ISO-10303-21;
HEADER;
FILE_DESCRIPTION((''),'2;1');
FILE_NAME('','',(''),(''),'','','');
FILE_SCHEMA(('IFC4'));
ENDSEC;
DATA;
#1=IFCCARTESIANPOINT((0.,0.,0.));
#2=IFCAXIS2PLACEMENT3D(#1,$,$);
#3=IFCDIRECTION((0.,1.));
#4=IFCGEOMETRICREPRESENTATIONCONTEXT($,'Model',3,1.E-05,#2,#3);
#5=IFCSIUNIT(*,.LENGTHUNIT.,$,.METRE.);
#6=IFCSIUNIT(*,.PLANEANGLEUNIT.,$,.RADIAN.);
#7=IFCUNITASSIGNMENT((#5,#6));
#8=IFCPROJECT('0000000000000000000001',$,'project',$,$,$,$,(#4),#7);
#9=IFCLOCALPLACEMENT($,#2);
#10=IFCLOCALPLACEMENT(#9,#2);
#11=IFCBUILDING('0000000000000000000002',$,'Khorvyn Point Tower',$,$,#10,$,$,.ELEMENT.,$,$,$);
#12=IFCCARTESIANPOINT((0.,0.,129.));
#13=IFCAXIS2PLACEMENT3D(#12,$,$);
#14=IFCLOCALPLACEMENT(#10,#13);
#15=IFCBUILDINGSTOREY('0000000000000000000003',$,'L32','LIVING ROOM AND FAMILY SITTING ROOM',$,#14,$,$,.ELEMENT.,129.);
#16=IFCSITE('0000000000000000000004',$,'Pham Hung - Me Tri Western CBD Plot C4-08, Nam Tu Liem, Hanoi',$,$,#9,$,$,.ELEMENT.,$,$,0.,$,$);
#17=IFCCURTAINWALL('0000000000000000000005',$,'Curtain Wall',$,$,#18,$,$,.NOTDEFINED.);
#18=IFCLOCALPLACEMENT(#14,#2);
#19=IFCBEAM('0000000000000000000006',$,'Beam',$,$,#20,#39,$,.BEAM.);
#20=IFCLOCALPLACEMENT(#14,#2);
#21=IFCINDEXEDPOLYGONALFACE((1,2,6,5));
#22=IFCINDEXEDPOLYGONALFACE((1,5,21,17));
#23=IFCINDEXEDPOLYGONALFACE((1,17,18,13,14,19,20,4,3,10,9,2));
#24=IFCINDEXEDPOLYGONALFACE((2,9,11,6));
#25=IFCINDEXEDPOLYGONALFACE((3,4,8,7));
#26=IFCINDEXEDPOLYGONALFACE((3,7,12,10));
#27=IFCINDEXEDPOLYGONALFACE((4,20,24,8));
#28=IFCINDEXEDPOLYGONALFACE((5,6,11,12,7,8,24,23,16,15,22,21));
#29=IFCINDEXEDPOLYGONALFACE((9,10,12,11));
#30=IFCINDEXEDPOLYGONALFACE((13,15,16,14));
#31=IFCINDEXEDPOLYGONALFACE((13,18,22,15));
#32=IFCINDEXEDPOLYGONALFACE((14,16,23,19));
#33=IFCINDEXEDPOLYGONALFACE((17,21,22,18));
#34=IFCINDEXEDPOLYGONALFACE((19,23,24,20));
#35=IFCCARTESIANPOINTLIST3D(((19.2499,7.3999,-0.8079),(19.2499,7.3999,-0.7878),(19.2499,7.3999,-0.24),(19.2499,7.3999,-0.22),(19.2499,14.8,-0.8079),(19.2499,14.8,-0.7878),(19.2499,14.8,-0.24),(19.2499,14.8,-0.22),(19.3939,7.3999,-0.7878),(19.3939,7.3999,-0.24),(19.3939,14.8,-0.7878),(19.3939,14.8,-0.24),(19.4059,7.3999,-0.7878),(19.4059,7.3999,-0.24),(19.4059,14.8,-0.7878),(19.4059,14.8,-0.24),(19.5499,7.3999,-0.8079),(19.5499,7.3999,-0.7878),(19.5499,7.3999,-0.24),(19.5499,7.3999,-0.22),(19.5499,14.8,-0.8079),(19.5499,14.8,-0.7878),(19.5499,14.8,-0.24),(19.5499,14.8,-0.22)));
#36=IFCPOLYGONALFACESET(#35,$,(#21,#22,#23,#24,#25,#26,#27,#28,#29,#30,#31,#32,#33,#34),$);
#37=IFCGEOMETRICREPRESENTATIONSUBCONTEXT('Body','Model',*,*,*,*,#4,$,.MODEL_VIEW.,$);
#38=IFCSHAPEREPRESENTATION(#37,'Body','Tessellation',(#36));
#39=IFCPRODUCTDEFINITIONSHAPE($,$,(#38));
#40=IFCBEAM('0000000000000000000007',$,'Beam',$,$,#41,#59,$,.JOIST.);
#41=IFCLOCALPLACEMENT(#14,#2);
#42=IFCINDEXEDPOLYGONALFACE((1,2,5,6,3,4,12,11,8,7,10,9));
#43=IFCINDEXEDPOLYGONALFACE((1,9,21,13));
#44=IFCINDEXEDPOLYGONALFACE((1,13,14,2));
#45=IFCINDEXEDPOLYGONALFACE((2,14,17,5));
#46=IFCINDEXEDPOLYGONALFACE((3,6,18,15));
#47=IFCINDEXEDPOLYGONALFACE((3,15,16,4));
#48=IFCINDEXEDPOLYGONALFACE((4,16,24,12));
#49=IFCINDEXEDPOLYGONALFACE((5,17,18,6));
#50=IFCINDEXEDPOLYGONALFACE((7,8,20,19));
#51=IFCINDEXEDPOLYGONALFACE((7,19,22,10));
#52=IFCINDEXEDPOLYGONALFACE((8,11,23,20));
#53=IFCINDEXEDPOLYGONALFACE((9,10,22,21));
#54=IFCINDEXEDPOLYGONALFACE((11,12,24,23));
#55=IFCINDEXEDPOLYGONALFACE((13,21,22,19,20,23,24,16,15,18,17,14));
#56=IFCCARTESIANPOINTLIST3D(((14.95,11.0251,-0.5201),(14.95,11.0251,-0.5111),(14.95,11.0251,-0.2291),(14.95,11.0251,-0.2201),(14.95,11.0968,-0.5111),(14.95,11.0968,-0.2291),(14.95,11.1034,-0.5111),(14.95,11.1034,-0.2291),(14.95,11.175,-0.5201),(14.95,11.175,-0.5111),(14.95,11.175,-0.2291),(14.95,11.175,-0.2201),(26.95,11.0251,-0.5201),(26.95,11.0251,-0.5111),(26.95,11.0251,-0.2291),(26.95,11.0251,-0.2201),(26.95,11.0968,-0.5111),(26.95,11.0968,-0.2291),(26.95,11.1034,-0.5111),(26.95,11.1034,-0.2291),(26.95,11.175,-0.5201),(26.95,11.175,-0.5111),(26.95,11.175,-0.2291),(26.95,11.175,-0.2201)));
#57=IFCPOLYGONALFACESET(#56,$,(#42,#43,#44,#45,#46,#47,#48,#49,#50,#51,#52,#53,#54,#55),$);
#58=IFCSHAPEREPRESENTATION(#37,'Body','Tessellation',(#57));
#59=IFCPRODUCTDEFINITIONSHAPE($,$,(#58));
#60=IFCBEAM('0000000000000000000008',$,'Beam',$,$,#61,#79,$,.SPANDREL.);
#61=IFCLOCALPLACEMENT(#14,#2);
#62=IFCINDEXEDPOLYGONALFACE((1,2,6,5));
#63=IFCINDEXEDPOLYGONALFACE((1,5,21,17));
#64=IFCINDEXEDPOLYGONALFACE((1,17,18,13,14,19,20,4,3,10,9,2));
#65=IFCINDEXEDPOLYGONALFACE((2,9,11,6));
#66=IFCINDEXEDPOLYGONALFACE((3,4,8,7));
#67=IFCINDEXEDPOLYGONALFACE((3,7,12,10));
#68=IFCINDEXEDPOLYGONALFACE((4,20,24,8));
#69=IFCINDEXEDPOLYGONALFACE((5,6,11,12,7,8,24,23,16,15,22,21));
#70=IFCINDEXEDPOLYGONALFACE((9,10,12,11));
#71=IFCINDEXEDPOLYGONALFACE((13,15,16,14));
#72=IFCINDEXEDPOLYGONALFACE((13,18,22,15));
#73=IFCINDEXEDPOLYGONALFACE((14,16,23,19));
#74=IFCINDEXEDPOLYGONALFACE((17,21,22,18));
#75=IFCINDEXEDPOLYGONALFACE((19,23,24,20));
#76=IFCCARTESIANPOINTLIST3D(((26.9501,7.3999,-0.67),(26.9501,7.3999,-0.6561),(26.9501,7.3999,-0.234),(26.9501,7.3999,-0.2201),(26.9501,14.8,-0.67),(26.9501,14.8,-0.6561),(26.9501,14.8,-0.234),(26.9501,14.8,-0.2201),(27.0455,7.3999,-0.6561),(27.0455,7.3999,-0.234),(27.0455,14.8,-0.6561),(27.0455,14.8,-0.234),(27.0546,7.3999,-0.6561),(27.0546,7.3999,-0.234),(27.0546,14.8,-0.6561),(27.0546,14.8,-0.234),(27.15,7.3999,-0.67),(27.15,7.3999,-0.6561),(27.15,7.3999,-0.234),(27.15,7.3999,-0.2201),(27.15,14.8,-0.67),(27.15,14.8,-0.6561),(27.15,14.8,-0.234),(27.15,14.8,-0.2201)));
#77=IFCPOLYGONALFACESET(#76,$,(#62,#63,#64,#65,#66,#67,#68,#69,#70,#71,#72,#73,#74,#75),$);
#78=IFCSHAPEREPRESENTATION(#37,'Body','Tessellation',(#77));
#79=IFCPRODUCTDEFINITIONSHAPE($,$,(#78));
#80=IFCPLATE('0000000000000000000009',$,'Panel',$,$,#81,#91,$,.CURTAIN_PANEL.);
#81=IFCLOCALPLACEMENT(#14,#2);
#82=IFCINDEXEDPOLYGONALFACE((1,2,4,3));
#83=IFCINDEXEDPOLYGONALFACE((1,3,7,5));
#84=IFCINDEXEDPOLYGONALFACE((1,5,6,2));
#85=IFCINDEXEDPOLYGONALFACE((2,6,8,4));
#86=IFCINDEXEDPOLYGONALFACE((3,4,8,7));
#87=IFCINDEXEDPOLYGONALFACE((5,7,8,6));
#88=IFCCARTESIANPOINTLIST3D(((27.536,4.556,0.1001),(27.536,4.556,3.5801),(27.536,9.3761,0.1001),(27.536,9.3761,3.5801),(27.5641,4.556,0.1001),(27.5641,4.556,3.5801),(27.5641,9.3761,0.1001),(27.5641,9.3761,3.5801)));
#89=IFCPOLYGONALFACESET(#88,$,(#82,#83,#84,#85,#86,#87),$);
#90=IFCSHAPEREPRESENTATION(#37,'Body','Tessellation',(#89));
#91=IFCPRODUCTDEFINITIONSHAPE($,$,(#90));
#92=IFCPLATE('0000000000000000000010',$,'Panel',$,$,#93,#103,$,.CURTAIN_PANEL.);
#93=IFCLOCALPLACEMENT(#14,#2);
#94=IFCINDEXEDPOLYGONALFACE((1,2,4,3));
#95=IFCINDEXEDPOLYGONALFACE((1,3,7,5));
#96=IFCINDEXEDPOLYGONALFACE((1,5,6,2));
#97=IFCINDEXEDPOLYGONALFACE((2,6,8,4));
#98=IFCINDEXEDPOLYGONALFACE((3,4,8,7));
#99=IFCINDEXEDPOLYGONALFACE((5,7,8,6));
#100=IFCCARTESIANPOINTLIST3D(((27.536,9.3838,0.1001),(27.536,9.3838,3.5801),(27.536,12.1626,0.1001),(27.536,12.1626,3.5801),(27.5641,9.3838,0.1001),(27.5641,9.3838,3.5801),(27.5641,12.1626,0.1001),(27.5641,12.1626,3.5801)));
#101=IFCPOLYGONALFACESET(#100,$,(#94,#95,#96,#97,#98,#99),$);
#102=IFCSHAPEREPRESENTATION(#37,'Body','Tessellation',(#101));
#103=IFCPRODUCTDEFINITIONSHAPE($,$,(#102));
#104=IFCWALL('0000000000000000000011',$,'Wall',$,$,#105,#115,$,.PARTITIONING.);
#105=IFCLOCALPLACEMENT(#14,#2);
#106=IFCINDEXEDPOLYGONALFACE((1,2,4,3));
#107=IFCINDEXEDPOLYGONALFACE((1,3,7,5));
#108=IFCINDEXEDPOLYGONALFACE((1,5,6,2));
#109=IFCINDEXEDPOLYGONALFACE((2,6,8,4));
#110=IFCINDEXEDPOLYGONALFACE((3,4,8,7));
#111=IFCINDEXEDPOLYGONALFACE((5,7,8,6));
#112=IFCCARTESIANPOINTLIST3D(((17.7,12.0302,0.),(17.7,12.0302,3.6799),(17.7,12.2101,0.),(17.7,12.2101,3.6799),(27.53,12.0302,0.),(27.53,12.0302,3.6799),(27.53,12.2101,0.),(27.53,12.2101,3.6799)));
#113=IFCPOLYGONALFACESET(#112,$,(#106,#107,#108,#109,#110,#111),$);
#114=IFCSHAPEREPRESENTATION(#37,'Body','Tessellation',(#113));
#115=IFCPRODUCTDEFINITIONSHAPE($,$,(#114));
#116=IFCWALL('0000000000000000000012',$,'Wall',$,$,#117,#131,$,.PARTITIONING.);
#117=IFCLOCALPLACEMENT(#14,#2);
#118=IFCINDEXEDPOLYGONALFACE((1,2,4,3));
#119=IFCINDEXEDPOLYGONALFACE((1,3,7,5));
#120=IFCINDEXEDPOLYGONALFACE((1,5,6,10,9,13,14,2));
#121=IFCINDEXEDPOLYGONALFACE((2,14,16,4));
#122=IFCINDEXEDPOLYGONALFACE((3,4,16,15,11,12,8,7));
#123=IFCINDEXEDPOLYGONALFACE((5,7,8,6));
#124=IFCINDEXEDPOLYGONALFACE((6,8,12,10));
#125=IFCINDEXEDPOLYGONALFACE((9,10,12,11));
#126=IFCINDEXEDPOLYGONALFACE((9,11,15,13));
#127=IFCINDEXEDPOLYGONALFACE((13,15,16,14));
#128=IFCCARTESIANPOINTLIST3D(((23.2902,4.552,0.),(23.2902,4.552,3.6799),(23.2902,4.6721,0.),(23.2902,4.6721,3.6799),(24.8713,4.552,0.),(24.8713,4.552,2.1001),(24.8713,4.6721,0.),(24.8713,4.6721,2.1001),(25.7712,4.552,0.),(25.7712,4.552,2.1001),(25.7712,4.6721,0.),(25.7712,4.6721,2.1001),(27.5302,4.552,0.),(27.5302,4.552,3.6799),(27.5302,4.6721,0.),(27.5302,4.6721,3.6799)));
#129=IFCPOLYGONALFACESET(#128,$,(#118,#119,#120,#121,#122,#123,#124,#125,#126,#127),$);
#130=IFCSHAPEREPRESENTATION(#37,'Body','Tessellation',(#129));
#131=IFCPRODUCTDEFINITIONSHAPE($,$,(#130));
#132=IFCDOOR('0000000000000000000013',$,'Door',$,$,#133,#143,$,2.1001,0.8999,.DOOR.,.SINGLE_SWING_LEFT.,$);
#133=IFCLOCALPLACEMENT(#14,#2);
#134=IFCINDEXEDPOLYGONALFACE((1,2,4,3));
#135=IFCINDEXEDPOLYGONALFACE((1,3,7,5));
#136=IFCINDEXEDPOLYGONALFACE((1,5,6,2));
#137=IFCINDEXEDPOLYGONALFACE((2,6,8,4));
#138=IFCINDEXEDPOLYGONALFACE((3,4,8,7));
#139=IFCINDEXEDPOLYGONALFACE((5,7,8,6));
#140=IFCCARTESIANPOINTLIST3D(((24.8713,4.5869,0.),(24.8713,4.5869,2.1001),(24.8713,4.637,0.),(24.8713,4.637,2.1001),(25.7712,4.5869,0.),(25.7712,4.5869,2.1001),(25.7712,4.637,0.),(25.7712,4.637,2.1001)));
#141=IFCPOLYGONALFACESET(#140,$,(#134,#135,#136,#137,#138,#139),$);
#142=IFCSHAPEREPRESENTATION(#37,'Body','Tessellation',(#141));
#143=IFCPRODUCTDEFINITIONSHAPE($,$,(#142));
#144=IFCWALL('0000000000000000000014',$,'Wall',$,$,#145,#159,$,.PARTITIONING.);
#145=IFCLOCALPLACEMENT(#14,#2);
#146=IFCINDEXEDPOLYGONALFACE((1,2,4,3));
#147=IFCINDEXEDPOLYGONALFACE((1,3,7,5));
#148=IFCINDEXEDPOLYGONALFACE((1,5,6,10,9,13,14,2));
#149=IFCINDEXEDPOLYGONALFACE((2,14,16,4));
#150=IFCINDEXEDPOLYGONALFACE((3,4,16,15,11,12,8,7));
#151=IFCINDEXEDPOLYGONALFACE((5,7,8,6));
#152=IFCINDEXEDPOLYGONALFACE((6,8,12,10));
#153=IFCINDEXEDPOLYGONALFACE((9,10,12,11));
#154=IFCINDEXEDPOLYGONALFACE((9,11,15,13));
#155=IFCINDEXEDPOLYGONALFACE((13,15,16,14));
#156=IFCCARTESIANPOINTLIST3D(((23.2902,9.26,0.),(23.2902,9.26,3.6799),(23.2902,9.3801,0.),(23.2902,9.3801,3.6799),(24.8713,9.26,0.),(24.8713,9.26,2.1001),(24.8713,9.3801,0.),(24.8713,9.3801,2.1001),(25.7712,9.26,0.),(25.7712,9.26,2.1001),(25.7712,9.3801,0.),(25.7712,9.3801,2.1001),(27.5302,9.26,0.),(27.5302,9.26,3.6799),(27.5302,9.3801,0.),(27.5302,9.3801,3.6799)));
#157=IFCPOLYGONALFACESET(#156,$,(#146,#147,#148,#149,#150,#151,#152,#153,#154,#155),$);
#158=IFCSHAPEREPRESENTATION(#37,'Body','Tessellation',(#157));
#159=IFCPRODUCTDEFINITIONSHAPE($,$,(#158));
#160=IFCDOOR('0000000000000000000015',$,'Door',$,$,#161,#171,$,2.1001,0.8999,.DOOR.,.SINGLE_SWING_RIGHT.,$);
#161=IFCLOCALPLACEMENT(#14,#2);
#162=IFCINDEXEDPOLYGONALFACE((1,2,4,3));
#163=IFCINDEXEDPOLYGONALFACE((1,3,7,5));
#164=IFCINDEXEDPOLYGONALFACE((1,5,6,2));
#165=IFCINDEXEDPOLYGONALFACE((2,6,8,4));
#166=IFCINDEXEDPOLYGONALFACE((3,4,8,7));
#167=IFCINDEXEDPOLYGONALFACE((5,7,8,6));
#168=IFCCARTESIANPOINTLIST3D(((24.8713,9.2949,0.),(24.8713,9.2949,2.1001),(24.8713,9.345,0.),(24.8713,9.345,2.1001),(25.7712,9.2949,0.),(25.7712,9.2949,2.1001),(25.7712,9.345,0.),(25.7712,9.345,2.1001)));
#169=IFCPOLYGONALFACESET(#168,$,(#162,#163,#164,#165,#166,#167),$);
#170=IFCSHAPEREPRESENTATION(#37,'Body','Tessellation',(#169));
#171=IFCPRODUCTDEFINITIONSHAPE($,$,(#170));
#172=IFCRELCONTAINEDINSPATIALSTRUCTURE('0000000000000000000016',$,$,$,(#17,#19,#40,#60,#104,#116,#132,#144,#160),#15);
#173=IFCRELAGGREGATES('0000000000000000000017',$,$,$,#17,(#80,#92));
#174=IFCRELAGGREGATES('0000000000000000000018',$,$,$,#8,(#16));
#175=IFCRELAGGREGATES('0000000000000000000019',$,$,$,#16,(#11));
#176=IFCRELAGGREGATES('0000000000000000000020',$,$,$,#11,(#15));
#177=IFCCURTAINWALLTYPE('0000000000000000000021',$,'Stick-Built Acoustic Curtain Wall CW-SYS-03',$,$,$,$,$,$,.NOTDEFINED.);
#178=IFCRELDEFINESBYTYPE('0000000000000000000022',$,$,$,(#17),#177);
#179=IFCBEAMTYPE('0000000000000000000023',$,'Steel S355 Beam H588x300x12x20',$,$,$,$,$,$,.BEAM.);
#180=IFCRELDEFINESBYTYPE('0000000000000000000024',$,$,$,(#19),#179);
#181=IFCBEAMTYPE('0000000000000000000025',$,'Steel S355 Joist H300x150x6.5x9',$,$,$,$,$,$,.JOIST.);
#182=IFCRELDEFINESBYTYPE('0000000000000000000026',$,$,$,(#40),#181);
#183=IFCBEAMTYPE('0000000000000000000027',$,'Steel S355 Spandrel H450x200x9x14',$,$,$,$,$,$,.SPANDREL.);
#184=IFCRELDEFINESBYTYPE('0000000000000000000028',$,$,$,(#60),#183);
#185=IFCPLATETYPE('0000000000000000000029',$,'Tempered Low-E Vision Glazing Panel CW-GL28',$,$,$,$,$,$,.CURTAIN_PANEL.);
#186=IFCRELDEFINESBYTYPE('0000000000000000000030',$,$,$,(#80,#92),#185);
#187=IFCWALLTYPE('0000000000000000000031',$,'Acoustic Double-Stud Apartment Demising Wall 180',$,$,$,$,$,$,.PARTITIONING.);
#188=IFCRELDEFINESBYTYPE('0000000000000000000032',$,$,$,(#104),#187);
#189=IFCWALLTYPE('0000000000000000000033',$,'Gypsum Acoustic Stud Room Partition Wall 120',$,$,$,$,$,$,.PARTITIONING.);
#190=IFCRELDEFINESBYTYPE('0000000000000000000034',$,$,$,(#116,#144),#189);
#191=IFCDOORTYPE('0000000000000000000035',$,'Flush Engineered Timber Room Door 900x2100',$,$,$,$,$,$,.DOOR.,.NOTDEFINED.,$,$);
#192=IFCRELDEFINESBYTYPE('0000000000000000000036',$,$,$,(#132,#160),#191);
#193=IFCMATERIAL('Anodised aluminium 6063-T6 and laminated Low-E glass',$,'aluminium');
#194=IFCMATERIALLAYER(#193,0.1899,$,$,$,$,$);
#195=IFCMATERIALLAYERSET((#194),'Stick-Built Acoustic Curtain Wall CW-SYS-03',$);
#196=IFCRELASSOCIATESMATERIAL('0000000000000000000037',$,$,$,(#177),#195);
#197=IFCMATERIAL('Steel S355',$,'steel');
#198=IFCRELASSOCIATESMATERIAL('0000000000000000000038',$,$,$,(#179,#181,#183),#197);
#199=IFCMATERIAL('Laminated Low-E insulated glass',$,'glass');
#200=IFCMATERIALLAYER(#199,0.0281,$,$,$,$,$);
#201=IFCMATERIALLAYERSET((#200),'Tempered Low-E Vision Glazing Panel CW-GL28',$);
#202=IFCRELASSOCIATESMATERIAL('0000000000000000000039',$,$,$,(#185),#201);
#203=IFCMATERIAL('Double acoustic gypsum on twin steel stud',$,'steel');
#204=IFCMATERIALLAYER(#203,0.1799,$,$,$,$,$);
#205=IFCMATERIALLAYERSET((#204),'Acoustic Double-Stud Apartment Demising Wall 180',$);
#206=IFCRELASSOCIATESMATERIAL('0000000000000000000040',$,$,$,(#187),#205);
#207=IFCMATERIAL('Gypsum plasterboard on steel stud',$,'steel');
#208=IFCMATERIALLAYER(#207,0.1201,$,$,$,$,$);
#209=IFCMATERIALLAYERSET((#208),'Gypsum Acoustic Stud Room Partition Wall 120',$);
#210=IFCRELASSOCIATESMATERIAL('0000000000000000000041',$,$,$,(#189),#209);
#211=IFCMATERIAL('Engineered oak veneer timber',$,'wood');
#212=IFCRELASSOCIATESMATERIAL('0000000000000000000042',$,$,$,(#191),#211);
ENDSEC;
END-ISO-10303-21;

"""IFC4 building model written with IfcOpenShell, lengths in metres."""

from ifc_helpers import new_model, si_unit, direction, frame, frame_2d, origin, origin_2d, place, context, subcontext, project, spatial, rectangle, i_section, extrude, material, layer, layer_set, material_profile, profile_set, type_object, element, fill, aggregate, save


model = new_model("IFC4")

# Units and contexts
model_context = context("Model", 3, precision=1e-05, world=origin(), true_north=direction((0.0, 1.0)))
body_context = subcontext(model_context, "Body", "Model", "MODEL_VIEW")
ifc_project = project(units=[si_unit("LENGTHUNIT", "METRE"), si_unit("PLANEANGLEUNIT", "RADIAN")], contexts=[model_context])

# Site, building, storey
site_placement = place(None, origin())
site = spatial("IfcSite", under=ifc_project, at=site_placement, Name="Pham Hung - Me Tri Western CBD Plot C4-08, Nam Tu Liem, Hanoi", CompositionType="ELEMENT", RefElevation=0.0)
building_placement = place(site_placement, origin())
building = spatial("IfcBuilding", under=site, at=building_placement, Name="Khorvyn Point Tower", CompositionType="ELEMENT")
storey_placement = place(building_placement, frame((0.0, 0.0, 129.0)))
storey = spatial("IfcBuildingStorey", under=building, at=storey_placement, Name="L32", Description="LIVING ROOM AND FAMILY SITTING ROOM", CompositionType="ELEMENT", Elevation=129.0)

# Curtain wall
ifc_material_1 = material(Name="Anodised aluminium 6063-T6 and laminated Low-E glass", Category="aluminium")
ifc_layer_1 = layer(ifc_material_1, 0.1899)
ifc_layer_set_1 = layer_set([ifc_layer_1], Name="Stick-Built Acoustic Curtain Wall CW-SYS-03")
curtain_wall_type = type_object("IfcCurtainWallType", Name="Stick-Built Acoustic Curtain Wall CW-SYS-03", PredefinedType="NOTDEFINED", material=ifc_layer_set_1)
curtain_wall_placement = place(storey_placement, origin())
curtain_wall = element("IfcCurtainWall", 1, at=curtain_wall_placement, inside=storey, type_object=curtain_wall_type, Name="Curtain Wall", PredefinedType="NOTDEFINED")

# Beams
ifc_material_2 = material(Name="Steel S355", Category="steel")
ifc_material_profile_1 = material_profile(ifc_material_2, i_section(OverallWidth=0.3, OverallDepth=0.5879, WebThickness=0.012, FlangeThickness=0.02, at=origin_2d()))
ifc_profile_set_1 = profile_set([ifc_material_profile_1], Name="Steel S355 H588x300x12x20")
beam_type_1 = type_object("IfcBeamType", Name="Steel S355 Beam H588x300x12x20", PredefinedType="BEAM", material=ifc_profile_set_1)
beam_1_placement = place(storey_placement, frame((19.3999, 7.3999, -0.5139), z_axis=(0.0, 1.0, 0.0), x_axis=(-1.0, 0.0, 0.0)))
element("IfcBeam", 2, at=beam_1_placement, inside=storey, type_object=beam_type_1, Name="Beam", PredefinedType="BEAM", context=body_context, shape_type="SweptSolid", body=[
    extrude(i_section(OverallWidth=0.3, OverallDepth=0.5879, WebThickness=0.012, FlangeThickness=0.02, at=origin_2d()), origin(), (0.0, 0.0, 1.0), 7.4001),
])
ifc_material_profile_2 = material_profile(ifc_material_2, i_section(OverallWidth=0.1499, OverallDepth=0.3, WebThickness=0.0066, FlangeThickness=0.009, at=origin_2d()))
ifc_profile_set_2 = profile_set([ifc_material_profile_2], Name="Steel S355 H300x150x6.5x9")
beam_type_2 = type_object("IfcBeamType", Name="Steel S355 Joist H300x150x6.5x9", PredefinedType="JOIST", material=ifc_profile_set_2)
beam_2_placement = place(storey_placement, frame((14.95, 11.1001, -0.3701), z_axis=(1.0, 0.0, 0.0), x_axis=(0.0, 1.0, 0.0)))
element("IfcBeam", 3, at=beam_2_placement, inside=storey, type_object=beam_type_2, Name="Beam", PredefinedType="JOIST", context=body_context, shape_type="SweptSolid", body=[
    extrude(i_section(OverallWidth=0.1499, OverallDepth=0.3, WebThickness=0.0066, FlangeThickness=0.009, at=origin_2d()), origin(), (0.0, 0.0, 1.0), 12.0),
])
ifc_material_profile_3 = material_profile(ifc_material_2, i_section(OverallWidth=0.2, OverallDepth=0.45, WebThickness=0.009, FlangeThickness=0.0139, at=origin_2d()))
ifc_profile_set_3 = profile_set([ifc_material_profile_3], Name="Steel S355 H450x200x9x14")
beam_type_3 = type_object("IfcBeamType", Name="Steel S355 Spandrel H450x200x9x14", PredefinedType="SPANDREL", material=ifc_profile_set_3)
beam_3_placement = place(storey_placement, frame((27.05, 7.3999, -0.4451), z_axis=(0.0, 1.0, 0.0), x_axis=(-1.0, 0.0, 0.0)))
element("IfcBeam", 4, at=beam_3_placement, inside=storey, type_object=beam_type_3, Name="Beam", PredefinedType="SPANDREL", context=body_context, shape_type="SweptSolid", body=[
    extrude(i_section(OverallWidth=0.2, OverallDepth=0.45, WebThickness=0.009, FlangeThickness=0.0139, at=origin_2d()), origin(), (0.0, 0.0, 1.0), 7.4001),
])

# Plates
ifc_material_3 = material(Name="Laminated Low-E insulated glass", Category="glass")
ifc_layer_2 = layer(ifc_material_3, 0.0281)
ifc_layer_set_2 = layer_set([ifc_layer_2], Name="Tempered Low-E Vision Glazing Panel CW-GL28")
plate_type = type_object("IfcPlateType", Name="Tempered Low-E Vision Glazing Panel CW-GL28", PredefinedType="CURTAIN_PANEL", material=ifc_layer_set_2)
plate_1_placement = place(storey_placement, frame((27.55, 6.9661, 0.1001), z_axis=(0.0, 0.0, 1.0), x_axis=(0.0, -1.0, 0.0)))
plate_1 = element("IfcPlate", 5, at=plate_1_placement, type_object=plate_type, Name="Panel", PredefinedType="CURTAIN_PANEL", context=body_context, shape_type="SweptSolid", body=[
    extrude(rectangle(XDim=4.8201, YDim=0.0281, at=origin_2d()), origin(), (0.0, 0.0, 1.0), 3.48),
])
plate_2_placement = place(storey_placement, frame((27.55, 10.7732, 0.1001), z_axis=(0.0, 0.0, 1.0), x_axis=(0.0, -1.0, 0.0)))
plate_2 = element("IfcPlate", 6, at=plate_2_placement, type_object=plate_type, Name="Panel", PredefinedType="CURTAIN_PANEL", context=body_context, shape_type="SweptSolid", body=[
    extrude(rectangle(XDim=2.7788, YDim=0.0281, at=origin_2d()), origin(), (0.0, 0.0, 1.0), 3.48),
])
aggregate(curtain_wall, [plate_1, plate_2])

# Wall
ifc_material_4 = material(Name="Double acoustic gypsum on twin steel stud", Category="steel")
ifc_layer_3 = layer(ifc_material_4, 0.1799)
ifc_layer_set_3 = layer_set([ifc_layer_3], Name="Acoustic Double-Stud Apartment Demising Wall 180")
wall_type_1 = type_object("IfcWallType", Name="Acoustic Double-Stud Apartment Demising Wall 180", PredefinedType="PARTITIONING", material=ifc_layer_set_3)
wall_1_placement = place(storey_placement, frame((17.7, 12.1201, 0.0), z_axis=(0.0, 0.0, 1.0), x_axis=(1.0, 0.0, 0.0)))
element("IfcWall", 7, at=wall_1_placement, inside=storey, type_object=wall_type_1, Name="Wall", PredefinedType="PARTITIONING", context=body_context, shape_type="SweptSolid", body=[
    extrude(rectangle(XDim=9.8301, YDim=0.1799, at=frame_2d((4.915, 0.0))), origin(), (0.0, 0.0, 1.0), 3.6799),
])

# Walls, openings, doors
ifc_material_5 = material(Name="Gypsum plasterboard on steel stud", Category="steel")
ifc_layer_4 = layer(ifc_material_5, 0.1201)
ifc_layer_set_4 = layer_set([ifc_layer_4], Name="Gypsum Acoustic Stud Room Partition Wall 120")
wall_type_2 = type_object("IfcWallType", Name="Gypsum Acoustic Stud Room Partition Wall 120", PredefinedType="PARTITIONING", material=ifc_layer_set_4)
wall_2_placement = place(storey_placement, frame((23.29, 4.6121, 0.0), z_axis=(0.0, 0.0, 1.0), x_axis=(1.0, 0.0, 0.0)))
wall_2 = element("IfcWall", 8, at=wall_2_placement, inside=storey, type_object=wall_type_2, Name="Wall", PredefinedType="PARTITIONING", context=body_context, shape_type="SweptSolid", body=[
    extrude(rectangle(XDim=4.24, YDim=0.1201, at=frame_2d((2.1201, 0.0))), origin(), (0.0, 0.0, 1.0), 3.6799),
])
opening_1_placement = place(wall_2_placement, frame((1.5813, 0.0, 0.0)))
opening_1 = element("IfcOpeningElement", 9, at=opening_1_placement, cuts=wall_2, PredefinedType="OPENING", context=body_context, shape_type="SweptSolid", body=[
    extrude(rectangle(XDim=0.8999, YDim=2.1001, at=frame_2d((0.45, 1.05))), frame((0.0, 0.0701, 0.0), z_axis=(0.0, -1.0, 0.0), x_axis=(1.0, 0.0, 0.0)), (0.0, 0.0, 1.0), 0.1401),
])
ifc_material_6 = material(Name="Engineered oak veneer timber", Category="wood")
door_type_1 = type_object("IfcDoorType", Name="Flush Engineered Timber Room Door 900x2100", OperationType="NOTDEFINED", PredefinedType="DOOR", material=ifc_material_6)
door_1_placement = place(opening_1_placement, origin())
door_1 = element("IfcDoor", 10, at=door_1_placement, inside=storey, type_object=door_type_1, Name="Door", OperationType="SINGLE_SWING_LEFT", OverallHeight=2.1001, OverallWidth=0.8999, PredefinedType="DOOR", context=body_context, shape_type="SweptSolid", body=[
    extrude(rectangle(XDim=0.8999, YDim=2.1001, at=frame_2d((0.45, 1.05))), frame((0.0, 0.0249, 0.0), z_axis=(0.0, -1.0, 0.0), x_axis=(1.0, 0.0, 0.0)), (0.0, 0.0, 1.0), 0.05),
])
fill(opening_1, door_1)
wall_3_placement = place(storey_placement, frame((23.29, 9.3201, 0.0), z_axis=(0.0, 0.0, 1.0), x_axis=(1.0, 0.0, 0.0)))
wall_3 = element("IfcWall", 11, at=wall_3_placement, inside=storey, type_object=wall_type_2, Name="Wall", PredefinedType="PARTITIONING", context=body_context, shape_type="SweptSolid", body=[
    extrude(rectangle(XDim=4.24, YDim=0.1201, at=frame_2d((2.1201, 0.0))), origin(), (0.0, 0.0, 1.0), 3.6799),
])
opening_2_placement = place(wall_3_placement, frame((1.5813, 0.0, 0.0)))
opening_2 = element("IfcOpeningElement", 12, at=opening_2_placement, cuts=wall_3, PredefinedType="OPENING", context=body_context, shape_type="SweptSolid", body=[
    extrude(rectangle(XDim=0.8999, YDim=2.1001, at=frame_2d((0.45, 1.05))), frame((0.0, 0.0701, 0.0), z_axis=(0.0, -1.0, 0.0), x_axis=(1.0, 0.0, 0.0)), (0.0, 0.0, 1.0), 0.1401),
])
door_2_placement = place(opening_2_placement, origin())
door_2 = element("IfcDoor", 13, at=door_2_placement, inside=storey, type_object=door_type_1, Name="Door", OperationType="SINGLE_SWING_RIGHT", OverallHeight=2.1001, OverallWidth=0.8999, PredefinedType="DOOR", context=body_context, shape_type="SweptSolid", body=[
    extrude(rectangle(XDim=0.8999, YDim=2.1001, at=frame_2d((0.45, 1.05))), frame((0.0, 0.0249, 0.0), z_axis=(0.0, -1.0, 0.0), x_axis=(1.0, 0.0, 0.0)), (0.0, 0.0, 1.0), 0.05),
])
fill(opening_2, door_2)

save(model, "model.ifc")
